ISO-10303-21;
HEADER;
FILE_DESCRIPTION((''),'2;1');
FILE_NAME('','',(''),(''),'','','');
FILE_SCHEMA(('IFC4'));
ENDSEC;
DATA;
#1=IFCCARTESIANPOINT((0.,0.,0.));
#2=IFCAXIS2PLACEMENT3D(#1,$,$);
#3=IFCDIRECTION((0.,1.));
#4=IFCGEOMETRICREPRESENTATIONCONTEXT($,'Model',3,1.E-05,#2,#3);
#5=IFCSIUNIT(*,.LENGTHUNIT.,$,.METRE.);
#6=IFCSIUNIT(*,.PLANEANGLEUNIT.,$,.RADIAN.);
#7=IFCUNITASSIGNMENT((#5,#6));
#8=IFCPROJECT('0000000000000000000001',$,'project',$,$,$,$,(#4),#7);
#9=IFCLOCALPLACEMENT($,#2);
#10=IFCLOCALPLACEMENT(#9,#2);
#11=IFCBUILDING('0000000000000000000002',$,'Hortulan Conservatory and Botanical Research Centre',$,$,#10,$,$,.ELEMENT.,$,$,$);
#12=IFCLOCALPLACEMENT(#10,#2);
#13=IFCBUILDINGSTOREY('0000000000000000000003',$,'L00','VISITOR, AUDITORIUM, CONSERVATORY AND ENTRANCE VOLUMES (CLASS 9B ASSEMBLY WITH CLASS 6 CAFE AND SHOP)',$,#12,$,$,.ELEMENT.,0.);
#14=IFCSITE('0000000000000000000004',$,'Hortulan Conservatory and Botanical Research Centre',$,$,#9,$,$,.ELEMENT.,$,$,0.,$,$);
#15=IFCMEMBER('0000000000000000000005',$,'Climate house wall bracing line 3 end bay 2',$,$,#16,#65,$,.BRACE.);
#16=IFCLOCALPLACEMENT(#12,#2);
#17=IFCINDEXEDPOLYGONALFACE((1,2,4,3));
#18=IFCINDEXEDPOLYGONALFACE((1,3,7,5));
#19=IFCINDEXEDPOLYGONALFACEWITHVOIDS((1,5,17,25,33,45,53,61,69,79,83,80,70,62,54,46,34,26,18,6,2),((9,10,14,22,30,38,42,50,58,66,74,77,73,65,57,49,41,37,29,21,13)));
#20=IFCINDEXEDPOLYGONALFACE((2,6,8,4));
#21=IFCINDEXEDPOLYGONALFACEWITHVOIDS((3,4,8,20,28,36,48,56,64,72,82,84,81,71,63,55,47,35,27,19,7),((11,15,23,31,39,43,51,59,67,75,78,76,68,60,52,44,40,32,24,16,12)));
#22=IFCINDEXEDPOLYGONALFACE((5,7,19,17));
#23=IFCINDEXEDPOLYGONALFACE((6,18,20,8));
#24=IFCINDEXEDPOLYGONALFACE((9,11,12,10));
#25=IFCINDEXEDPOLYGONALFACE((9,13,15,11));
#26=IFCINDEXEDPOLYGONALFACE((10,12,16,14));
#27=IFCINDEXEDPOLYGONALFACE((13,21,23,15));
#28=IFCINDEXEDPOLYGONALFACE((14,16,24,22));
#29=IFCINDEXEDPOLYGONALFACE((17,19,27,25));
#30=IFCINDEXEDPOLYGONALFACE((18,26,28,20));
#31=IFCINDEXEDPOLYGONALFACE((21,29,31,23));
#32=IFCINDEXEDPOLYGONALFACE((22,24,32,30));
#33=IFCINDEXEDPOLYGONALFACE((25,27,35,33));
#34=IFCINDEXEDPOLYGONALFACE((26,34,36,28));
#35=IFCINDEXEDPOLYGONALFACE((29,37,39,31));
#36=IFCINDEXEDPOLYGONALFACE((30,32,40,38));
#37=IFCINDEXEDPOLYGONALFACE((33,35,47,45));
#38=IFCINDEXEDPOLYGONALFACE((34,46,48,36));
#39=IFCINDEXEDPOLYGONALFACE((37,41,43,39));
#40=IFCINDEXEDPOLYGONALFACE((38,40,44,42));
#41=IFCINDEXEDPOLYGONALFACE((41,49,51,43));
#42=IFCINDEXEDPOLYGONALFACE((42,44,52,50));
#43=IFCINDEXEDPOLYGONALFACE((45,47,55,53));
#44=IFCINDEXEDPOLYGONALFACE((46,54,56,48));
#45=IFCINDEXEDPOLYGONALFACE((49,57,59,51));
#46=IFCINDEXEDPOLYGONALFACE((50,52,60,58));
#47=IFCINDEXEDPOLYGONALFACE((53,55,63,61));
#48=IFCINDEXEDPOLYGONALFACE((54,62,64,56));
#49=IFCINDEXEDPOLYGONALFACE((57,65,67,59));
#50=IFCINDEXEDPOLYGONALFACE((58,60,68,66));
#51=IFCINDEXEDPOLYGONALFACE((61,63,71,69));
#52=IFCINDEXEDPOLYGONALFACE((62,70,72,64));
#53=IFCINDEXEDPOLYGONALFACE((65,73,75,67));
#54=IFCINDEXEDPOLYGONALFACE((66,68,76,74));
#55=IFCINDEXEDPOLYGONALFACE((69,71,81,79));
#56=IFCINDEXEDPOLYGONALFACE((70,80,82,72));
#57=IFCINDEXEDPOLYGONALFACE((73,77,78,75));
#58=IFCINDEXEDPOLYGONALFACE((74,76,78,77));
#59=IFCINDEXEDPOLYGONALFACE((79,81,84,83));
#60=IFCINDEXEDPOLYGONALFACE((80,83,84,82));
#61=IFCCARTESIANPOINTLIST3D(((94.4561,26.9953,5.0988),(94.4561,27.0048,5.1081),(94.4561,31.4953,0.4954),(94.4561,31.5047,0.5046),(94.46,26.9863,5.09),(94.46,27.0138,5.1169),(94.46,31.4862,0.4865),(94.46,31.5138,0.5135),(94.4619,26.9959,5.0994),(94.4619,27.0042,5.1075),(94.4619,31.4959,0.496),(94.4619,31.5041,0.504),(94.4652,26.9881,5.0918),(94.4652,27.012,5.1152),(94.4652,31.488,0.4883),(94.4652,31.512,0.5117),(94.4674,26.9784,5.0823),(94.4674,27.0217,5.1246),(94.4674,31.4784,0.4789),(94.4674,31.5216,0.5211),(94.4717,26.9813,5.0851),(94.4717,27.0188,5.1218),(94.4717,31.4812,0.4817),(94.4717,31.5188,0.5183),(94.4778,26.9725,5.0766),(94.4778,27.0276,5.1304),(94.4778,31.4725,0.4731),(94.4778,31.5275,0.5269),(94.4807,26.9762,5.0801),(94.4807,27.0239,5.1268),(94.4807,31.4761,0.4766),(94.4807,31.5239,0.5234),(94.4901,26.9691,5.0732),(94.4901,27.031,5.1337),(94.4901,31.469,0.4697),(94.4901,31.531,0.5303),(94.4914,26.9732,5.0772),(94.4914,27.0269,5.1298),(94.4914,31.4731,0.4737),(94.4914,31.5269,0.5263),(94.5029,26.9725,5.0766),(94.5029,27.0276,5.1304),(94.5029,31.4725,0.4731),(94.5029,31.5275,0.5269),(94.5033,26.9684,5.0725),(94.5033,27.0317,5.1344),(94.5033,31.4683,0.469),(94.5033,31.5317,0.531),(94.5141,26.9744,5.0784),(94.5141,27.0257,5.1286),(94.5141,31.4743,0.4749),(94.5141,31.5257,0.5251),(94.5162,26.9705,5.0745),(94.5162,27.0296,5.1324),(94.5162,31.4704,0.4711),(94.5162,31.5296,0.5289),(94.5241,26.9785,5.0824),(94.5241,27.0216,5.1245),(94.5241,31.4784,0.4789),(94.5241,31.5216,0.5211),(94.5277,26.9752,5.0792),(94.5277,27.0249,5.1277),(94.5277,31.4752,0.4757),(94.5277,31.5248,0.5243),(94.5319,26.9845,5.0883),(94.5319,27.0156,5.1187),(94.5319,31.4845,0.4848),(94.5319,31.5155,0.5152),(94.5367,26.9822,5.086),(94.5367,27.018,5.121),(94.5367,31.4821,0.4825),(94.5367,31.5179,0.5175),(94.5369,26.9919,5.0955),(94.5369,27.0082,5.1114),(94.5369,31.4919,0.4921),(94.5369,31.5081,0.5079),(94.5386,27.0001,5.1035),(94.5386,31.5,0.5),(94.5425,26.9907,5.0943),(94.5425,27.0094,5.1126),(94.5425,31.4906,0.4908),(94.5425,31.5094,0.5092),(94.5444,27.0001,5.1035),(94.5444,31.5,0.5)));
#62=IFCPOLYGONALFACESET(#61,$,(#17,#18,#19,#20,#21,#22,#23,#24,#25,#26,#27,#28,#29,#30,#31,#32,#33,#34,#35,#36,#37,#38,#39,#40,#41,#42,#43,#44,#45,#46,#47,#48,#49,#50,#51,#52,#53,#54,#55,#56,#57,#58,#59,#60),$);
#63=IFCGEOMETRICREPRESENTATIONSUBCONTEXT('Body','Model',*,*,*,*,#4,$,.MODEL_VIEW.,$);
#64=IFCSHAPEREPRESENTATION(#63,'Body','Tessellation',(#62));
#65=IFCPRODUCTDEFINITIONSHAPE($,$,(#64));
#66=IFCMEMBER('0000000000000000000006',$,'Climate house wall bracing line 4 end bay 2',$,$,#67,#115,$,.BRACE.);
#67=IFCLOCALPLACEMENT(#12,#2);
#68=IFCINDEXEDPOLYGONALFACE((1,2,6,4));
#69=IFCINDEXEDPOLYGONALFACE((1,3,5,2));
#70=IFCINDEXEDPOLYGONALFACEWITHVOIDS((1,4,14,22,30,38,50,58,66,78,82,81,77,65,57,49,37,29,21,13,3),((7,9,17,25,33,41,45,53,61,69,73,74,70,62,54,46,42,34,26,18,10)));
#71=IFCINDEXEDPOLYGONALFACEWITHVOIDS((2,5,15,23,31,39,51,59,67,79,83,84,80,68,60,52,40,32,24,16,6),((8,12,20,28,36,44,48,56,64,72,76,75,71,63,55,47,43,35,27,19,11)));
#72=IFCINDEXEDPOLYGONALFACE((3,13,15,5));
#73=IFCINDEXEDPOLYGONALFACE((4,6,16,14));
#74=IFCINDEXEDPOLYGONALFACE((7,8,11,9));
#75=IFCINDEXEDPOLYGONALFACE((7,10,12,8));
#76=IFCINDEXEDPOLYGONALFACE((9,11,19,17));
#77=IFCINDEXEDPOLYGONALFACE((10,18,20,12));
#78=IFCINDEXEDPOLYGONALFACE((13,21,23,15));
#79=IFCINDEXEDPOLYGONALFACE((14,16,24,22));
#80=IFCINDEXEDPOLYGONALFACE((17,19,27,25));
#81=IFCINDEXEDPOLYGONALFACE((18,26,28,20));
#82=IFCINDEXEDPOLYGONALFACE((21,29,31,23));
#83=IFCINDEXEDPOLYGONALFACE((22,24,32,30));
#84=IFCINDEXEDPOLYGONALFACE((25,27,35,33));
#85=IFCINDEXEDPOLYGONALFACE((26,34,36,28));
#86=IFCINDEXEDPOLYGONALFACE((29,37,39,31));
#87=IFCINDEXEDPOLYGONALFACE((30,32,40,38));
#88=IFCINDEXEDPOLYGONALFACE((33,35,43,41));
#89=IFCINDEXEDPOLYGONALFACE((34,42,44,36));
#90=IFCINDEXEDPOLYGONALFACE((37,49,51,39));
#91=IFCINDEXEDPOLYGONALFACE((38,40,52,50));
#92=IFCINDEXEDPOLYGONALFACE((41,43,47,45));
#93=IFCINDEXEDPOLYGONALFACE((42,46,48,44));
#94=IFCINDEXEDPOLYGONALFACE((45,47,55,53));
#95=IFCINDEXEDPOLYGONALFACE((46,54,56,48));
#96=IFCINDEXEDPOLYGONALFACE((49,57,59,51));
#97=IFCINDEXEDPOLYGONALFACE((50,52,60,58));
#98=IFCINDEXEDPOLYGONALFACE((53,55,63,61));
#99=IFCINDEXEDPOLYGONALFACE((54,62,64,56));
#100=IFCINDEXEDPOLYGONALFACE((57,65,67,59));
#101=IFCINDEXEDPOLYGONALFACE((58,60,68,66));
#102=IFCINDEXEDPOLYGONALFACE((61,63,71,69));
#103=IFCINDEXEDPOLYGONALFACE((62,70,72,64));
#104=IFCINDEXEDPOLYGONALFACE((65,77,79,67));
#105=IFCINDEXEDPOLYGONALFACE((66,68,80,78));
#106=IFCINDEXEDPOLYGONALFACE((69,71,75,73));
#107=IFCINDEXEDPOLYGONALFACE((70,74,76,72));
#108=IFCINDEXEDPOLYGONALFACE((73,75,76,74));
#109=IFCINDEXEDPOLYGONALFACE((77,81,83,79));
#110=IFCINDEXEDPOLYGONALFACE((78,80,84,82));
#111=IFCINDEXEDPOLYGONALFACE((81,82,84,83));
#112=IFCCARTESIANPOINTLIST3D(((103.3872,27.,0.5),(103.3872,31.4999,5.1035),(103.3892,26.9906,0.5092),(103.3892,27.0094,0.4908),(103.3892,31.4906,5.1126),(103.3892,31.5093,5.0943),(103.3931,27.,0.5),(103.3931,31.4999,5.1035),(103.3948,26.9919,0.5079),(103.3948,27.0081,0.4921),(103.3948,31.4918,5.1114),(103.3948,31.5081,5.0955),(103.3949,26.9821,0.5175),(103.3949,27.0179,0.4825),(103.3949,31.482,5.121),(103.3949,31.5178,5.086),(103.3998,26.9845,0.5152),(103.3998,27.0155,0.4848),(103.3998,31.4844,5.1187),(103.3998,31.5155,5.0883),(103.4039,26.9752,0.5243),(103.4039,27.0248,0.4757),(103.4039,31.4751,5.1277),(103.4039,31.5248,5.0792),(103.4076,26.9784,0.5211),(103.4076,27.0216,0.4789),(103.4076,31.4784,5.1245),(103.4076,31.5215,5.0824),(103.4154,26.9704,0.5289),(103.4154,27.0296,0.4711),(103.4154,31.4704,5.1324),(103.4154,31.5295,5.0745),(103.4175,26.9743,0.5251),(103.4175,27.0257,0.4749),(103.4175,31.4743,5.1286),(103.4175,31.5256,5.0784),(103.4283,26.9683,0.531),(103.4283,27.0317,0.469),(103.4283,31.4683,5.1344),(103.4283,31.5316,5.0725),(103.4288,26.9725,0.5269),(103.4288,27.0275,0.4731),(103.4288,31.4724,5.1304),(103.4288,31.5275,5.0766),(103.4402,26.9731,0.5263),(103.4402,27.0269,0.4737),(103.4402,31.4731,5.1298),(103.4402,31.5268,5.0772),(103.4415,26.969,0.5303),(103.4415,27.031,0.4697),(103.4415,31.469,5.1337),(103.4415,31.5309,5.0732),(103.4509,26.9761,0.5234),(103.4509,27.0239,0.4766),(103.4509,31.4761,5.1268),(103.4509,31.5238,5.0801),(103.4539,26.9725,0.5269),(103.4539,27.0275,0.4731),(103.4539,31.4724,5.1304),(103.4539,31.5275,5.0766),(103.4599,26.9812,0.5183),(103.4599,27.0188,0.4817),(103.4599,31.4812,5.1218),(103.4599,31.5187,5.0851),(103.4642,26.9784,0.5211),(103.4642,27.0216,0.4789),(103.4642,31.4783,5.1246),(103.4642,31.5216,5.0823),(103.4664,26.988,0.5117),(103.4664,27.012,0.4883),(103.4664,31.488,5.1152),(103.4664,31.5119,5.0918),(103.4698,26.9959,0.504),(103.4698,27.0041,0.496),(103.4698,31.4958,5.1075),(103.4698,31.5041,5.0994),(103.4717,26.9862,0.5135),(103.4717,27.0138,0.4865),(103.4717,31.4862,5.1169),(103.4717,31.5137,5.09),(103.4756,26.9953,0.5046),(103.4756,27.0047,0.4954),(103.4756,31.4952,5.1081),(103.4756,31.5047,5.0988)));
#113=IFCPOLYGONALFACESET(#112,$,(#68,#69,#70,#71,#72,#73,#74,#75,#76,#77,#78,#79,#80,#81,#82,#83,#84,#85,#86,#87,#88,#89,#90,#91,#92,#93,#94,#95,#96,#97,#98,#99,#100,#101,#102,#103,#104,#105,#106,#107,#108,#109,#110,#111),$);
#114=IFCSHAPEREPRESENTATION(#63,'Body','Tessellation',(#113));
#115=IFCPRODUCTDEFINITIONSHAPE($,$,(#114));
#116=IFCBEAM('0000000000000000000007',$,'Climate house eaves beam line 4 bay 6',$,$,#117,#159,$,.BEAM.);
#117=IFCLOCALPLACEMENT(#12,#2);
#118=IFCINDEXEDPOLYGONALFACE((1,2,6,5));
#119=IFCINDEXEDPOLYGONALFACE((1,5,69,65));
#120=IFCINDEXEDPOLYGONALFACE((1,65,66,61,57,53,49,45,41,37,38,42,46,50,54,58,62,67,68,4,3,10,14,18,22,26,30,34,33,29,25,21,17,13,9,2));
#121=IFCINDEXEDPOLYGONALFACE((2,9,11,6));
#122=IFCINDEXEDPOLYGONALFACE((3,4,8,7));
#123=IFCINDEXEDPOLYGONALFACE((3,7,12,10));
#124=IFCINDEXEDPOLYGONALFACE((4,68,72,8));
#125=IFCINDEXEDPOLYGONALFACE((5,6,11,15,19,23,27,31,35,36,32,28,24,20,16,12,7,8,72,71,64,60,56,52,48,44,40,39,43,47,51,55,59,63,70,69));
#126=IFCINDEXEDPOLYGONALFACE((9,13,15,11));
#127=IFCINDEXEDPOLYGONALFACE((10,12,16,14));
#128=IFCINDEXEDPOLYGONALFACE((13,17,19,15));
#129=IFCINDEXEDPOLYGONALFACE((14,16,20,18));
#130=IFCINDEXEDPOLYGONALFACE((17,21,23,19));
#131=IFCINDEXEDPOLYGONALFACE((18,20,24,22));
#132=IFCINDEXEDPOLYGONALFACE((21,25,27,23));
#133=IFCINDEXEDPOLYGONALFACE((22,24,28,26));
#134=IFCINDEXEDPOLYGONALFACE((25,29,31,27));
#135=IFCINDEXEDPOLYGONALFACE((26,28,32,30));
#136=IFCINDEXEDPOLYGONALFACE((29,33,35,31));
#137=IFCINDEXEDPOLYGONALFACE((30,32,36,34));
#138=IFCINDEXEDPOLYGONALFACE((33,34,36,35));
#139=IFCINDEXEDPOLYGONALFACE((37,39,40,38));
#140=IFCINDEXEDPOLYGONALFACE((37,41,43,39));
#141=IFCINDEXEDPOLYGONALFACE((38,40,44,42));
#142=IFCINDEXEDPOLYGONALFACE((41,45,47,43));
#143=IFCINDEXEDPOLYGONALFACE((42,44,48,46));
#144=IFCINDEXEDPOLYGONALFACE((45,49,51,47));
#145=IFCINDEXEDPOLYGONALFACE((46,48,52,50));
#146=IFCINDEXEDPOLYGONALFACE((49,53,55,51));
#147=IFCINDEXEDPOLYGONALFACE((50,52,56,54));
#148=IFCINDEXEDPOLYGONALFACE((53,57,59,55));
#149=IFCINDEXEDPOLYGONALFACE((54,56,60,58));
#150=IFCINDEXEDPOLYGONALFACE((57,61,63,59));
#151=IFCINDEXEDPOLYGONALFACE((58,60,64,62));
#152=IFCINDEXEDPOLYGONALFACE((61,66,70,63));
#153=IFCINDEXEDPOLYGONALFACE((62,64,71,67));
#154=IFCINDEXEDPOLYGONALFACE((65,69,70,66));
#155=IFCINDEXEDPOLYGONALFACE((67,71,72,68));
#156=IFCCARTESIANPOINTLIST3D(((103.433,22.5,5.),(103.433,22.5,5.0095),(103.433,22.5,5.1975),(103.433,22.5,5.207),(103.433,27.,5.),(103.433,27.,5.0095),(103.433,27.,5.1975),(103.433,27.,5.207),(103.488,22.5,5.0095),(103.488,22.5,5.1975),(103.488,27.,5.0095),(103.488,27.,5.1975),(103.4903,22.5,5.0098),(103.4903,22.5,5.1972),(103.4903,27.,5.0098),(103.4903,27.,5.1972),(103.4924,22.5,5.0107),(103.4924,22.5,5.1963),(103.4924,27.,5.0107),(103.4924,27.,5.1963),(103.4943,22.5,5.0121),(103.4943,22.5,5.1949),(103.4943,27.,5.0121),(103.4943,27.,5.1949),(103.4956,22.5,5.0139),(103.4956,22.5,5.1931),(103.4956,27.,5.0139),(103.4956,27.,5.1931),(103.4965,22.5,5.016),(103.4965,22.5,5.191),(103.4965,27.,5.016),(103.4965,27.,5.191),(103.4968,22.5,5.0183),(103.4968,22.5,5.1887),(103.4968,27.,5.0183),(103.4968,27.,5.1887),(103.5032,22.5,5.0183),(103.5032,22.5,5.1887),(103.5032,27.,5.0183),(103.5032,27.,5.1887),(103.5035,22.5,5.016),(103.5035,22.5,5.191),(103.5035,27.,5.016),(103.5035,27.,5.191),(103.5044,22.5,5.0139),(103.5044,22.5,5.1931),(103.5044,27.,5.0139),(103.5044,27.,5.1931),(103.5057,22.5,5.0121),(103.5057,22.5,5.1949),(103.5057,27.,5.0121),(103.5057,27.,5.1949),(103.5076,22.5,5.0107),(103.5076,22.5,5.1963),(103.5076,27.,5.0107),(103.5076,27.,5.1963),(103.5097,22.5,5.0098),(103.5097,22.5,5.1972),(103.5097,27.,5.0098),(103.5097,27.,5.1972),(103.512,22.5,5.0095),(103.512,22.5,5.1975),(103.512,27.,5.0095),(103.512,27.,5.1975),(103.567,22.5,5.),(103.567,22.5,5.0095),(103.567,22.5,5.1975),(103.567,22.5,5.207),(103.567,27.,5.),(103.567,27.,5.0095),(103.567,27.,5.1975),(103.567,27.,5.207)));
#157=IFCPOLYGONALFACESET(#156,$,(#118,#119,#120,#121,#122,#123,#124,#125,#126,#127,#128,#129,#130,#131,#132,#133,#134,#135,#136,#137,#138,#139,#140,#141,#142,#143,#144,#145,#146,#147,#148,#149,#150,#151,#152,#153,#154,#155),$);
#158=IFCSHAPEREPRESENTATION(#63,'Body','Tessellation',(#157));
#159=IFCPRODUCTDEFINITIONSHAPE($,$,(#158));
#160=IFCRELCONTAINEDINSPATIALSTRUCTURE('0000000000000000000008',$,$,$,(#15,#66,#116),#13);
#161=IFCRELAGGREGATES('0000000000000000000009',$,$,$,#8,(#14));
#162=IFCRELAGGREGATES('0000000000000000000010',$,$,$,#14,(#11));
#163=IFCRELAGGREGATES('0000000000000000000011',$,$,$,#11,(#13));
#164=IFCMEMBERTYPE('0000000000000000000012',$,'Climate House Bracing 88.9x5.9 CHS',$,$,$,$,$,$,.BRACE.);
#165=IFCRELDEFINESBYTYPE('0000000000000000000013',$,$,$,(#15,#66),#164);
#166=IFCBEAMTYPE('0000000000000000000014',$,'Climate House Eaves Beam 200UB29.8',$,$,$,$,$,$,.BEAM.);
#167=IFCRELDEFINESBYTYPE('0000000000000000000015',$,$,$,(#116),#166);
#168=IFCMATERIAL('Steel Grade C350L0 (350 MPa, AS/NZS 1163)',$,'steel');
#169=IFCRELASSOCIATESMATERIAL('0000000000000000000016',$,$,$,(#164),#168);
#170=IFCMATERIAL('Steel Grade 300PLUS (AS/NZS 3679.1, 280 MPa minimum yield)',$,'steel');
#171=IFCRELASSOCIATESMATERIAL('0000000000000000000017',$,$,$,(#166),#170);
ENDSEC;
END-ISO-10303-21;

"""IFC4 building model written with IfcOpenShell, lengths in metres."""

from ifc_helpers import new_model, si_unit, direction, frame, origin, origin_2d, place, context, subcontext, project, spatial, hollow_circle, i_section, extrude, material, material_profile, profile_set, type_object, element, save


model = new_model("IFC4")

# Units and contexts
model_context = context("Model", 3, precision=1e-05, world=origin(), true_north=direction((0.0, 1.0)))
body_context = subcontext(model_context, "Body", "Model", "MODEL_VIEW")
ifc_project = project(units=[si_unit("LENGTHUNIT", "METRE"), si_unit("PLANEANGLEUNIT", "RADIAN")], contexts=[model_context])

# Site, building, storey
site_placement = place(None, origin())
site = spatial("IfcSite", under=ifc_project, at=site_placement, Name="Hortulan Conservatory and Botanical Research Centre", CompositionType="ELEMENT", RefElevation=0.0)
building_placement = place(site_placement, origin())
building = spatial("IfcBuilding", under=site, at=building_placement, Name="Hortulan Conservatory and Botanical Research Centre", CompositionType="ELEMENT")
storey_placement = place(building_placement, origin())
storey = spatial("IfcBuildingStorey", under=building, at=storey_placement, Name="L00", Description="VISITOR, AUDITORIUM, CONSERVATORY AND ENTRANCE VOLUMES (CLASS 9B ASSEMBLY WITH CLASS 6 CAFE AND SHOP)", CompositionType="ELEMENT", Elevation=0.0)

# Shared definitions
ifc_material_1 = material(Name="Steel Grade 300PLUS (AS/NZS 3679.1, 280 MPa minimum yield)", Category="steel")

# Members
ifc_material_2 = material(Name="Steel Grade C350L0 (350 MPa, AS/NZS 1163)", Category="steel")
ifc_material_profile_1 = material_profile(ifc_material_2, hollow_circle(Radius=0.0444, WallThickness=0.0059, at=origin_2d()), Name="88.9x5.9CHS")
ifc_profile_set_1 = profile_set([ifc_material_profile_1], Name="Steel Grade C350L0 (350 MPa, AS/NZS 1163)")
member_type_1 = type_object("IfcMemberType", Name="Climate House Bracing 88.9x5.9 CHS", PredefinedType="BRACE", material=ifc_profile_set_1)
for number, where, z_axis, x_axis, name in (
    (1, (94.5, 31.5, 0.5), (0.0, -0.699021, 0.715101), (1.0, 0.0, 0.0), "Climate house wall bracing line 3 end bay 2"),
    (2, (103.4316, 27.0, 0.5), (0.0, 0.699021, 0.715101), (-1.0, 0.0, 0.0), "Climate house wall bracing line 4 end bay 2"),
):
    element("IfcMember", number, at=place(storey_placement, frame(where, z_axis=z_axis, x_axis=x_axis)), inside=storey, type_object=member_type_1, Name=name, PredefinedType="BRACE", context=body_context, shape_type="SweptSolid", body=[
        extrude(hollow_circle(Radius=0.0444, WallThickness=0.0059, at=origin_2d()), origin(), (0.0, 0.0, 1.0), 6.4375),
    ])

# Beam
ifc_material_profile_2 = material_profile(ifc_material_1, i_section(OverallWidth=0.134, OverallDepth=0.207, WebThickness=0.0063, FlangeThickness=0.0095, FilletRadius=0.0088, at=origin_2d()), Name="200UB29.8")
ifc_profile_set_2 = profile_set([ifc_material_profile_2], Name="Steel Grade 300PLUS (AS/NZS 3679.1, 280 MPa minimum yield)")
beam_type_1 = type_object("IfcBeamType", Name="Climate House Eaves Beam 200UB29.8", PredefinedType="BEAM", material=ifc_profile_set_2)
beam_1_placement = place(storey_placement, frame((103.5, 22.5, 5.1035), z_axis=(0.0, 1.0, 0.0), x_axis=(-1.0, 0.0, 0.0)))
element("IfcBeam", 3, at=beam_1_placement, inside=storey, type_object=beam_type_1, Name="Climate house eaves beam line 4 bay 6", PredefinedType="BEAM", context=body_context, shape_type="SweptSolid", body=[
    extrude(i_section(OverallWidth=0.134, OverallDepth=0.207, WebThickness=0.0063, FlangeThickness=0.0095, FilletRadius=0.0088, at=origin_2d()), origin(), (0.0, 0.0, 1.0), 4.5),
])

save(model, "model.ifc")
